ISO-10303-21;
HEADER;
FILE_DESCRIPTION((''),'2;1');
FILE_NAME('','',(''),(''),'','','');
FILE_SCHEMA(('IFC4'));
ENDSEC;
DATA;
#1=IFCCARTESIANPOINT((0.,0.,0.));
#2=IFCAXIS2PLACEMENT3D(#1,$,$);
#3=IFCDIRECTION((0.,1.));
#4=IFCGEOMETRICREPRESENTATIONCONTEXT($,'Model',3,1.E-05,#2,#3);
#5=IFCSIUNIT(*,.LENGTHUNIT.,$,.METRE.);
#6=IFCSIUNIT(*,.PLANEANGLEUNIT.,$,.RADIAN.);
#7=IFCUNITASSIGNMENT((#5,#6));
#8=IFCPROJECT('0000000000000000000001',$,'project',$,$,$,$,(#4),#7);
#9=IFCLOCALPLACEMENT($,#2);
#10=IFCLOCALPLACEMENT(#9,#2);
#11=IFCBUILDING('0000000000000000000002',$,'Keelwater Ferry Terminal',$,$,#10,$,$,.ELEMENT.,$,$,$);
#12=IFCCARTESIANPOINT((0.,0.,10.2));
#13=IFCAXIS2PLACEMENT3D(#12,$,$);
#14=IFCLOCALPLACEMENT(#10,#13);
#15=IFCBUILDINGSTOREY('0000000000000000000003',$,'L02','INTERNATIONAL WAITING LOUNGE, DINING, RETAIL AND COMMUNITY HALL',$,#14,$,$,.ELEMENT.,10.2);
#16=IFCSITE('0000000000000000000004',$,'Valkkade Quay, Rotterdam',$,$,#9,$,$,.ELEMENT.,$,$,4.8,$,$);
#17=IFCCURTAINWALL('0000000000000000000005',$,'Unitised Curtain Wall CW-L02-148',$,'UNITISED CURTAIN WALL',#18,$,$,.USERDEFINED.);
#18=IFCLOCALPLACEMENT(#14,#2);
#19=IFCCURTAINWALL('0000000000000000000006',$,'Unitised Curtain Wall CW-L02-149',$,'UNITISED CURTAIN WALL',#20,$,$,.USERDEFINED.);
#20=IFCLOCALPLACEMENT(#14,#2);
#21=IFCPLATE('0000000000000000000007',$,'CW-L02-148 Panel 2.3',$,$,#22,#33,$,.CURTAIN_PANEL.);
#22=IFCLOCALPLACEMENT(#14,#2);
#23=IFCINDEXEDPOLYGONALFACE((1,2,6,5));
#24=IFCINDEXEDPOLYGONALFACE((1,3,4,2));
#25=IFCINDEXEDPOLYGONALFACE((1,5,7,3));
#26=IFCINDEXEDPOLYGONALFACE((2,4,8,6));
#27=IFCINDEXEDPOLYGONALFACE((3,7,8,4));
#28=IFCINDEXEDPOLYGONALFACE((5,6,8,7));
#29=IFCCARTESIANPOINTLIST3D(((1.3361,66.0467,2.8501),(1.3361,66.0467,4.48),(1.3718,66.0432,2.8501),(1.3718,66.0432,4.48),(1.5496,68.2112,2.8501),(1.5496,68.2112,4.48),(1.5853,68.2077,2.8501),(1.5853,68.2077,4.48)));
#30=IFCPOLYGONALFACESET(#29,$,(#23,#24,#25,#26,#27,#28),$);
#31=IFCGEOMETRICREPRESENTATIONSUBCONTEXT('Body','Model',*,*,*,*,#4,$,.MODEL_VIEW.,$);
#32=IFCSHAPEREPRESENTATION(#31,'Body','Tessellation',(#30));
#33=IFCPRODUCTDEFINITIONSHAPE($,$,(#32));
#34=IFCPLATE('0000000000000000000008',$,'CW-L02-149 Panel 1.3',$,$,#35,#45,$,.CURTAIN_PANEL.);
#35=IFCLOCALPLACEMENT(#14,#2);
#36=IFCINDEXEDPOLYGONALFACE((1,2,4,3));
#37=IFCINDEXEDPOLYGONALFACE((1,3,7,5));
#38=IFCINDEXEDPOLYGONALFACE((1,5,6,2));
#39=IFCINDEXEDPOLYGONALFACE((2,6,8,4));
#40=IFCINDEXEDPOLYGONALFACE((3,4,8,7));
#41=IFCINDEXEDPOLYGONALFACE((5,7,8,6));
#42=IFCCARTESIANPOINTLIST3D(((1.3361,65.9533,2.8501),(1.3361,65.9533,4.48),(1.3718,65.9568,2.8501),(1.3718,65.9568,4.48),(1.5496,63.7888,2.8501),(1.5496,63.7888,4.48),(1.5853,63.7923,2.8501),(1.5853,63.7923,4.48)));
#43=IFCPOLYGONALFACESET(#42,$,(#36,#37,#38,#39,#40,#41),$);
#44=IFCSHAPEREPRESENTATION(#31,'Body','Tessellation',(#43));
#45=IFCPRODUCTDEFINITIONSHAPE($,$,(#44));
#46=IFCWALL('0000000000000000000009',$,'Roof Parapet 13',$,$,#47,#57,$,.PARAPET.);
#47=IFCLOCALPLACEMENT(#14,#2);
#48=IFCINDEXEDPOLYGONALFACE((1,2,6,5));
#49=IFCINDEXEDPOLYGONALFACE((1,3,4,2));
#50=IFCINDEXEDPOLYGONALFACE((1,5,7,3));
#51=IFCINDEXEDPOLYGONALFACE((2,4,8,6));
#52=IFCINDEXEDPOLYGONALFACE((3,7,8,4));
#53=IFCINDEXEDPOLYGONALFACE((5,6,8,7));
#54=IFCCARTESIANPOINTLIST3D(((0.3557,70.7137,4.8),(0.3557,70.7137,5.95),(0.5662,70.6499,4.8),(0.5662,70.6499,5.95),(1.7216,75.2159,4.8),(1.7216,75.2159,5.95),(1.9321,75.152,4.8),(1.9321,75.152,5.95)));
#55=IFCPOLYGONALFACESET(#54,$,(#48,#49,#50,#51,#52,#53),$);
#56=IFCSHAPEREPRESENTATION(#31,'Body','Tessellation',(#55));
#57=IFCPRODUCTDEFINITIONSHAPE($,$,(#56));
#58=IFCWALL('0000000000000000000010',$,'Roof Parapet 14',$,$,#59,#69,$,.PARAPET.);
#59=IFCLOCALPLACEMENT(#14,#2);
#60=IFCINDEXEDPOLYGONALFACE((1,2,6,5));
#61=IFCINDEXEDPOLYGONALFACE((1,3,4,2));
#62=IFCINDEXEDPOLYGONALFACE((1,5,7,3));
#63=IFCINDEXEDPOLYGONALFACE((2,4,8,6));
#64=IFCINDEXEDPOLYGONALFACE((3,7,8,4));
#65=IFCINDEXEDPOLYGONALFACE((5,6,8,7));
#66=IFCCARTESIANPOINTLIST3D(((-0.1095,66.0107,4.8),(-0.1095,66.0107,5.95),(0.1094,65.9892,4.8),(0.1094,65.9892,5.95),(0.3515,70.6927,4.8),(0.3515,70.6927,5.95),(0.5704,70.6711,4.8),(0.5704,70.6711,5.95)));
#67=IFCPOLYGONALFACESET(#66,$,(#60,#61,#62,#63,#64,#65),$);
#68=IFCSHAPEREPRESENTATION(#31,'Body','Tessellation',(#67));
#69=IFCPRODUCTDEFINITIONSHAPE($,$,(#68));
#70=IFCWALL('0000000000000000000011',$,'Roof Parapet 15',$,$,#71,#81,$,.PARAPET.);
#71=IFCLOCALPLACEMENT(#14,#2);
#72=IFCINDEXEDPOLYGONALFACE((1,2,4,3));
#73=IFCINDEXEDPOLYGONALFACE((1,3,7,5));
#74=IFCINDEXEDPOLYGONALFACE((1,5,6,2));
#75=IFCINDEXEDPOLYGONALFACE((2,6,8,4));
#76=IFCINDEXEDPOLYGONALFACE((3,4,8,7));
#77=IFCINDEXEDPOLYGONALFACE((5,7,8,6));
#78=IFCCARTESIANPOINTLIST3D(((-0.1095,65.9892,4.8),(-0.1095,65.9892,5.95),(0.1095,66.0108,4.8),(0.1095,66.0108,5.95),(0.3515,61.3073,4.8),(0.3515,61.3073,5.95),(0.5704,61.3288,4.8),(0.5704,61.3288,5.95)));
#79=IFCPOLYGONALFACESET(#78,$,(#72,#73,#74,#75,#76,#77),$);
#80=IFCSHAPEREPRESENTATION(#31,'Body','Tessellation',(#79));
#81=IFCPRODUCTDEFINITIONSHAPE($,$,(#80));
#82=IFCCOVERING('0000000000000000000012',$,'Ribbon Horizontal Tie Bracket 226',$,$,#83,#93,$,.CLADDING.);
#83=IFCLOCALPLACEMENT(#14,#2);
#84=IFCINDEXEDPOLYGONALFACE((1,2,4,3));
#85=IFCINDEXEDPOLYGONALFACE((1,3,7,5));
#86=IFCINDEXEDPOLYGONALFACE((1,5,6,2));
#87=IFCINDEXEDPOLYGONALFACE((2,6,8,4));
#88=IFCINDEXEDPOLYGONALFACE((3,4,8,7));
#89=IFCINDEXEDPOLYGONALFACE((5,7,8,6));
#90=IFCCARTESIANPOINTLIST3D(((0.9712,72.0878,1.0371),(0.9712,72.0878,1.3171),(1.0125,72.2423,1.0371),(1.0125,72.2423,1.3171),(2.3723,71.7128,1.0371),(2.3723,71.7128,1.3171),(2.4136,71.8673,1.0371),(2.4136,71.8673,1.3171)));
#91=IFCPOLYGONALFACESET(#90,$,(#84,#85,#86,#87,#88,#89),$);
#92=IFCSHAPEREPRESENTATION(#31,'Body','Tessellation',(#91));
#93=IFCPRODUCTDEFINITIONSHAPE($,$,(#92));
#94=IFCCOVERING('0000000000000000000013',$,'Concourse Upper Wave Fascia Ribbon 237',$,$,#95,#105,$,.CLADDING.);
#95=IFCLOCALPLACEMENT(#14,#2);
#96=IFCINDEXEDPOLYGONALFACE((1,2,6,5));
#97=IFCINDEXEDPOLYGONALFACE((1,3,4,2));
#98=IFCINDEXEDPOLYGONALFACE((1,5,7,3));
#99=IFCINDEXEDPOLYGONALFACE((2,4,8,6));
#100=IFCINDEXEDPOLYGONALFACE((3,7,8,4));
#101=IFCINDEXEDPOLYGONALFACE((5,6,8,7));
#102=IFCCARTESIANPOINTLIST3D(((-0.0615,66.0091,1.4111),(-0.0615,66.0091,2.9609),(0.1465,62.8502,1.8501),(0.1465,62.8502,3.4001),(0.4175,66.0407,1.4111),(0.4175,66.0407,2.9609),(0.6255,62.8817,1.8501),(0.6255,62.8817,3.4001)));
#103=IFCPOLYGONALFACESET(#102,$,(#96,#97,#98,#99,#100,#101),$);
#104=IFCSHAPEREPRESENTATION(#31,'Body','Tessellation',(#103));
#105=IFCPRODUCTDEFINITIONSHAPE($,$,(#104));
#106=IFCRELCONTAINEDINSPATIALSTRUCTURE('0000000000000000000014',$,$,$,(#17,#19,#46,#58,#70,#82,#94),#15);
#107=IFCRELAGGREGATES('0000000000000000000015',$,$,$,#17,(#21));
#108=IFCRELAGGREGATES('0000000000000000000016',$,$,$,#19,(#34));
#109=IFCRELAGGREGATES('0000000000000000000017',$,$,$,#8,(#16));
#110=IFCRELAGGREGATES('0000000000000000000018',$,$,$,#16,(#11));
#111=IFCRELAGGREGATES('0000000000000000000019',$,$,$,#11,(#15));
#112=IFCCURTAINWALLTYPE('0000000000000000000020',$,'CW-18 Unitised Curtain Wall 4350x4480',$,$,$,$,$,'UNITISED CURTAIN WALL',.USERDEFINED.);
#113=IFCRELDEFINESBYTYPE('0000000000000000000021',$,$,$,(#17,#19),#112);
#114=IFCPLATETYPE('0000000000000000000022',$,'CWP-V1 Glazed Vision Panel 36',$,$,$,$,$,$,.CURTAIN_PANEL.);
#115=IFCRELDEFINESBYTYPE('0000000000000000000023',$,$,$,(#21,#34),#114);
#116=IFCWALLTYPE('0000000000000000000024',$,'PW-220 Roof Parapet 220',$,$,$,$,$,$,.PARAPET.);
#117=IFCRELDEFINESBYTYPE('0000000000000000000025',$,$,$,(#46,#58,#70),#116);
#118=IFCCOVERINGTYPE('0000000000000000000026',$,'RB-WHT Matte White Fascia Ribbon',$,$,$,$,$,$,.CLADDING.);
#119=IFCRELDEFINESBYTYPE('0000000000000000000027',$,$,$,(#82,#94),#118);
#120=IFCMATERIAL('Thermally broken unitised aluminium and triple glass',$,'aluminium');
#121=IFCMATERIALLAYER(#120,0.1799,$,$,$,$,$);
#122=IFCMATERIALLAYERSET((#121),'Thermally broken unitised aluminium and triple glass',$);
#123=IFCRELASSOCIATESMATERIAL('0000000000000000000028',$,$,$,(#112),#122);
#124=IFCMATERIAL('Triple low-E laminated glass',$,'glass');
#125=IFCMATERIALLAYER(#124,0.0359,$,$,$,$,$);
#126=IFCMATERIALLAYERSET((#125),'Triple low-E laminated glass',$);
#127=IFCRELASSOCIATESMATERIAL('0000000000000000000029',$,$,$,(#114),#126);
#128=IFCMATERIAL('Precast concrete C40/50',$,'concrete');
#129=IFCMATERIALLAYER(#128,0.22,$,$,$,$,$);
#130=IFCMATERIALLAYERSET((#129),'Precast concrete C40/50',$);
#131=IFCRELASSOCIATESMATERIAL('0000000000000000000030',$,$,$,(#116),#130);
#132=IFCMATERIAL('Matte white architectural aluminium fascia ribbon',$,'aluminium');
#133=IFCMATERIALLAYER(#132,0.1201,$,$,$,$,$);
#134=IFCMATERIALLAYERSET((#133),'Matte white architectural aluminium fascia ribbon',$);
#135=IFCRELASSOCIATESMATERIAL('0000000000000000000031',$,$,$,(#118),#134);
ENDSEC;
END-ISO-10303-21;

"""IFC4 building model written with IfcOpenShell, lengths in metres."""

from ifc_helpers import new_model, si_unit, direction, frame, frame_2d, origin, origin_2d, place, context, subcontext, project, spatial, polyline, rectangle, outline, extrude, material, layer, layer_set, type_object, element, aggregate, save


model = new_model("IFC4")

# Units and contexts
model_context = context("Model", 3, precision=1e-05, world=origin(), true_north=direction((0.0, 1.0)))
body_context = subcontext(model_context, "Body", "Model", "MODEL_VIEW")
ifc_project = project(units=[si_unit("LENGTHUNIT", "METRE"), si_unit("PLANEANGLEUNIT", "RADIAN")], contexts=[model_context])

# Site, building, storey
site_placement = place(None, origin())
site = spatial("IfcSite", under=ifc_project, at=site_placement, Name="Valkkade Quay, Rotterdam", CompositionType="ELEMENT", RefElevation=4.8)
building_placement = place(site_placement, origin())
building = spatial("IfcBuilding", under=site, at=building_placement, Name="Keelwater Ferry Terminal", CompositionType="ELEMENT")
storey_placement = place(building_placement, frame((0.0, 0.0, 10.2)))
storey = spatial("IfcBuildingStorey", under=building, at=storey_placement, Name="L02", Description="INTERNATIONAL WAITING LOUNGE, DINING, RETAIL AND COMMUNITY HALL", CompositionType="ELEMENT", Elevation=10.2)

# Curtain walls
ifc_material_1 = material(Name="Thermally broken unitised aluminium and triple glass", Category="aluminium")
ifc_layer_1 = layer(ifc_material_1, 0.1799)
ifc_layer_set_1 = layer_set([ifc_layer_1], Name="Thermally broken unitised aluminium and triple glass")
curtain_wall_type = type_object("IfcCurtainWallType", Name="CW-18 Unitised Curtain Wall 4350x4480", ElementType="UNITISED CURTAIN WALL", PredefinedType="USERDEFINED", material=ifc_layer_set_1)
curtain_wall_1_placement = place(storey_placement, origin())
curtain_wall_1 = element("IfcCurtainWall", 1, at=curtain_wall_1_placement, inside=storey, type_object=curtain_wall_type, Name="Unitised Curtain Wall CW-L02-148", ObjectType="UNITISED CURTAIN WALL", PredefinedType="USERDEFINED")
curtain_wall_2_placement = place(storey_placement, origin())
curtain_wall_2 = element("IfcCurtainWall", 2, at=curtain_wall_2_placement, inside=storey, type_object=curtain_wall_type, Name="Unitised Curtain Wall CW-L02-149", ObjectType="UNITISED CURTAIN WALL", PredefinedType="USERDEFINED")

# Plates
ifc_material_2 = material(Name="Triple low-E laminated glass", Category="glass")
ifc_layer_2 = layer(ifc_material_2, 0.0359)
ifc_layer_set_2 = layer_set([ifc_layer_2], Name="Triple low-E laminated glass")
plate_type_1 = type_object("IfcPlateType", Name="CWP-V1 Glazed Vision Panel 36", PredefinedType="CURTAIN_PANEL", material=ifc_layer_set_2)
plate_1_placement = place(storey_placement, frame((1.4607, 67.1272, 2.8501), z_axis=(0.0, 0.0, 1.0), x_axis=(-0.098161, -0.995171, 0.0)))
plate_1 = element("IfcPlate", 3, at=plate_1_placement, type_object=plate_type_1, Name="CW-L02-148 Panel 2.3", PredefinedType="CURTAIN_PANEL", context=body_context, shape_type="SweptSolid", body=[
    extrude(rectangle(XDim=2.175, YDim=0.0359, at=origin_2d()), origin(), (0.0, 0.0, 1.0), 1.6299),
])
aggregate(curtain_wall_1, [plate_1])
plate_2_placement = place(storey_placement, frame((1.4607, 64.8728, 2.8501), z_axis=(0.0, 0.0, 1.0), x_axis=(0.098161, -0.995171, 0.0)))
plate_2 = element("IfcPlate", 4, at=plate_2_placement, type_object=plate_type_1, Name="CW-L02-149 Panel 1.3", PredefinedType="CURTAIN_PANEL", context=body_context, shape_type="SweptSolid", body=[
    extrude(rectangle(XDim=2.175, YDim=0.0359, at=origin_2d()), origin(), (0.0, 0.0, 1.0), 1.6299),
])
aggregate(curtain_wall_2, [plate_2])

# Walls
ifc_material_3 = material(Name="Precast concrete C40/50", Category="concrete")
ifc_layer_3 = layer(ifc_material_3, 0.22)
ifc_layer_set_3 = layer_set([ifc_layer_3], Name="Precast concrete C40/50")
wall_type = type_object("IfcWallType", Name="PW-220 Roof Parapet 220", PredefinedType="PARAPET", material=ifc_layer_set_3)
wall_placement = place(storey_placement, frame((1.8269, 75.1841, 4.8), z_axis=(0.0, 0.0, 1.0), x_axis=(-0.290331, -0.956926, 0.0)))
element("IfcWall", 5, at=wall_placement, inside=storey, type_object=wall_type, Name="Roof Parapet 13", PredefinedType="PARAPET", context=body_context, shape_type="SweptSolid", body=[
    extrude(rectangle(XDim=4.7048, YDim=0.22, at=frame_2d((2.3525, 0.0))), origin(), (0.0, 0.0, 1.0), 1.1499),
])
for number, where, z_axis, x_axis, name in (
    (6, (0.4609, 70.6819, 4.8), (0.0, 0.0, 1.0), (-0.097978, -0.995189, 0.0), "Roof Parapet 14"),
    (7, (0.0, 66.0, 4.8), (0.0, 0.0, 1.0), (0.097978, -0.995189, 0.0), "Roof Parapet 15"),
):
    element("IfcWall", number, at=place(storey_placement, frame(where, z_axis=z_axis, x_axis=x_axis)), inside=storey, type_object=wall_type, Name=name, PredefinedType="PARAPET", context=body_context, shape_type="SweptSolid", body=[
        extrude(rectangle(XDim=4.7046, YDim=0.22, at=frame_2d((2.3523, 0.0))), origin(), (0.0, 0.0, 1.0), 1.1499),
    ])

# Coverings
ifc_material_4 = material(Name="Matte white architectural aluminium fascia ribbon", Category="aluminium")
ifc_layer_4 = layer(ifc_material_4, 0.1201)
ifc_layer_set_4 = layer_set([ifc_layer_4], Name="Matte white architectural aluminium fascia ribbon")
covering_type = type_object("IfcCoveringType", Name="RB-WHT Matte White Fascia Ribbon", PredefinedType="CLADDING", material=ifc_layer_set_4)
covering_1_placement = place(storey_placement, frame((0.9919, 72.165, 1.0371), z_axis=(0.0, 0.0, 1.0), x_axis=(0.966, -0.258543, 0.0)))
element("IfcCovering", 8, at=covering_1_placement, inside=storey, type_object=covering_type, Name="Ribbon Horizontal Tie Bracket 226", PredefinedType="CLADDING", context=body_context, shape_type="SweptSolid", body=[
    extrude(rectangle(XDim=1.4504, YDim=0.1599, at=frame_2d((0.7251, 0.0))), origin(), (0.0, 0.0, 1.0), 0.28),
])
covering_2_placement = place(storey_placement, frame((0.178, 66.0249, 1.4111), z_axis=(0.0, 0.0, 1.0), x_axis=(0.065705, -0.997839, 0.0)))
element("IfcCovering", 9, at=covering_2_placement, inside=storey, type_object=covering_type, Name="Concourse Upper Wave Fascia Ribbon 237", PredefinedType="CLADDING", context=body_context, shape_type="SweptSolid", body=[
    extrude(outline(polyline([(0.0, 0.0), (3.1658, 0.439), (3.1658, 1.989), (0.0, 1.5498), (0.0, 0.0)])), frame((0.0, 0.24, 0.0), z_axis=(0.0, -1.0, 0.0), x_axis=(1.0, 0.0, 0.0)), (0.0, 0.0, 1.0), 0.48),
])

save(model, "model.ifc")
